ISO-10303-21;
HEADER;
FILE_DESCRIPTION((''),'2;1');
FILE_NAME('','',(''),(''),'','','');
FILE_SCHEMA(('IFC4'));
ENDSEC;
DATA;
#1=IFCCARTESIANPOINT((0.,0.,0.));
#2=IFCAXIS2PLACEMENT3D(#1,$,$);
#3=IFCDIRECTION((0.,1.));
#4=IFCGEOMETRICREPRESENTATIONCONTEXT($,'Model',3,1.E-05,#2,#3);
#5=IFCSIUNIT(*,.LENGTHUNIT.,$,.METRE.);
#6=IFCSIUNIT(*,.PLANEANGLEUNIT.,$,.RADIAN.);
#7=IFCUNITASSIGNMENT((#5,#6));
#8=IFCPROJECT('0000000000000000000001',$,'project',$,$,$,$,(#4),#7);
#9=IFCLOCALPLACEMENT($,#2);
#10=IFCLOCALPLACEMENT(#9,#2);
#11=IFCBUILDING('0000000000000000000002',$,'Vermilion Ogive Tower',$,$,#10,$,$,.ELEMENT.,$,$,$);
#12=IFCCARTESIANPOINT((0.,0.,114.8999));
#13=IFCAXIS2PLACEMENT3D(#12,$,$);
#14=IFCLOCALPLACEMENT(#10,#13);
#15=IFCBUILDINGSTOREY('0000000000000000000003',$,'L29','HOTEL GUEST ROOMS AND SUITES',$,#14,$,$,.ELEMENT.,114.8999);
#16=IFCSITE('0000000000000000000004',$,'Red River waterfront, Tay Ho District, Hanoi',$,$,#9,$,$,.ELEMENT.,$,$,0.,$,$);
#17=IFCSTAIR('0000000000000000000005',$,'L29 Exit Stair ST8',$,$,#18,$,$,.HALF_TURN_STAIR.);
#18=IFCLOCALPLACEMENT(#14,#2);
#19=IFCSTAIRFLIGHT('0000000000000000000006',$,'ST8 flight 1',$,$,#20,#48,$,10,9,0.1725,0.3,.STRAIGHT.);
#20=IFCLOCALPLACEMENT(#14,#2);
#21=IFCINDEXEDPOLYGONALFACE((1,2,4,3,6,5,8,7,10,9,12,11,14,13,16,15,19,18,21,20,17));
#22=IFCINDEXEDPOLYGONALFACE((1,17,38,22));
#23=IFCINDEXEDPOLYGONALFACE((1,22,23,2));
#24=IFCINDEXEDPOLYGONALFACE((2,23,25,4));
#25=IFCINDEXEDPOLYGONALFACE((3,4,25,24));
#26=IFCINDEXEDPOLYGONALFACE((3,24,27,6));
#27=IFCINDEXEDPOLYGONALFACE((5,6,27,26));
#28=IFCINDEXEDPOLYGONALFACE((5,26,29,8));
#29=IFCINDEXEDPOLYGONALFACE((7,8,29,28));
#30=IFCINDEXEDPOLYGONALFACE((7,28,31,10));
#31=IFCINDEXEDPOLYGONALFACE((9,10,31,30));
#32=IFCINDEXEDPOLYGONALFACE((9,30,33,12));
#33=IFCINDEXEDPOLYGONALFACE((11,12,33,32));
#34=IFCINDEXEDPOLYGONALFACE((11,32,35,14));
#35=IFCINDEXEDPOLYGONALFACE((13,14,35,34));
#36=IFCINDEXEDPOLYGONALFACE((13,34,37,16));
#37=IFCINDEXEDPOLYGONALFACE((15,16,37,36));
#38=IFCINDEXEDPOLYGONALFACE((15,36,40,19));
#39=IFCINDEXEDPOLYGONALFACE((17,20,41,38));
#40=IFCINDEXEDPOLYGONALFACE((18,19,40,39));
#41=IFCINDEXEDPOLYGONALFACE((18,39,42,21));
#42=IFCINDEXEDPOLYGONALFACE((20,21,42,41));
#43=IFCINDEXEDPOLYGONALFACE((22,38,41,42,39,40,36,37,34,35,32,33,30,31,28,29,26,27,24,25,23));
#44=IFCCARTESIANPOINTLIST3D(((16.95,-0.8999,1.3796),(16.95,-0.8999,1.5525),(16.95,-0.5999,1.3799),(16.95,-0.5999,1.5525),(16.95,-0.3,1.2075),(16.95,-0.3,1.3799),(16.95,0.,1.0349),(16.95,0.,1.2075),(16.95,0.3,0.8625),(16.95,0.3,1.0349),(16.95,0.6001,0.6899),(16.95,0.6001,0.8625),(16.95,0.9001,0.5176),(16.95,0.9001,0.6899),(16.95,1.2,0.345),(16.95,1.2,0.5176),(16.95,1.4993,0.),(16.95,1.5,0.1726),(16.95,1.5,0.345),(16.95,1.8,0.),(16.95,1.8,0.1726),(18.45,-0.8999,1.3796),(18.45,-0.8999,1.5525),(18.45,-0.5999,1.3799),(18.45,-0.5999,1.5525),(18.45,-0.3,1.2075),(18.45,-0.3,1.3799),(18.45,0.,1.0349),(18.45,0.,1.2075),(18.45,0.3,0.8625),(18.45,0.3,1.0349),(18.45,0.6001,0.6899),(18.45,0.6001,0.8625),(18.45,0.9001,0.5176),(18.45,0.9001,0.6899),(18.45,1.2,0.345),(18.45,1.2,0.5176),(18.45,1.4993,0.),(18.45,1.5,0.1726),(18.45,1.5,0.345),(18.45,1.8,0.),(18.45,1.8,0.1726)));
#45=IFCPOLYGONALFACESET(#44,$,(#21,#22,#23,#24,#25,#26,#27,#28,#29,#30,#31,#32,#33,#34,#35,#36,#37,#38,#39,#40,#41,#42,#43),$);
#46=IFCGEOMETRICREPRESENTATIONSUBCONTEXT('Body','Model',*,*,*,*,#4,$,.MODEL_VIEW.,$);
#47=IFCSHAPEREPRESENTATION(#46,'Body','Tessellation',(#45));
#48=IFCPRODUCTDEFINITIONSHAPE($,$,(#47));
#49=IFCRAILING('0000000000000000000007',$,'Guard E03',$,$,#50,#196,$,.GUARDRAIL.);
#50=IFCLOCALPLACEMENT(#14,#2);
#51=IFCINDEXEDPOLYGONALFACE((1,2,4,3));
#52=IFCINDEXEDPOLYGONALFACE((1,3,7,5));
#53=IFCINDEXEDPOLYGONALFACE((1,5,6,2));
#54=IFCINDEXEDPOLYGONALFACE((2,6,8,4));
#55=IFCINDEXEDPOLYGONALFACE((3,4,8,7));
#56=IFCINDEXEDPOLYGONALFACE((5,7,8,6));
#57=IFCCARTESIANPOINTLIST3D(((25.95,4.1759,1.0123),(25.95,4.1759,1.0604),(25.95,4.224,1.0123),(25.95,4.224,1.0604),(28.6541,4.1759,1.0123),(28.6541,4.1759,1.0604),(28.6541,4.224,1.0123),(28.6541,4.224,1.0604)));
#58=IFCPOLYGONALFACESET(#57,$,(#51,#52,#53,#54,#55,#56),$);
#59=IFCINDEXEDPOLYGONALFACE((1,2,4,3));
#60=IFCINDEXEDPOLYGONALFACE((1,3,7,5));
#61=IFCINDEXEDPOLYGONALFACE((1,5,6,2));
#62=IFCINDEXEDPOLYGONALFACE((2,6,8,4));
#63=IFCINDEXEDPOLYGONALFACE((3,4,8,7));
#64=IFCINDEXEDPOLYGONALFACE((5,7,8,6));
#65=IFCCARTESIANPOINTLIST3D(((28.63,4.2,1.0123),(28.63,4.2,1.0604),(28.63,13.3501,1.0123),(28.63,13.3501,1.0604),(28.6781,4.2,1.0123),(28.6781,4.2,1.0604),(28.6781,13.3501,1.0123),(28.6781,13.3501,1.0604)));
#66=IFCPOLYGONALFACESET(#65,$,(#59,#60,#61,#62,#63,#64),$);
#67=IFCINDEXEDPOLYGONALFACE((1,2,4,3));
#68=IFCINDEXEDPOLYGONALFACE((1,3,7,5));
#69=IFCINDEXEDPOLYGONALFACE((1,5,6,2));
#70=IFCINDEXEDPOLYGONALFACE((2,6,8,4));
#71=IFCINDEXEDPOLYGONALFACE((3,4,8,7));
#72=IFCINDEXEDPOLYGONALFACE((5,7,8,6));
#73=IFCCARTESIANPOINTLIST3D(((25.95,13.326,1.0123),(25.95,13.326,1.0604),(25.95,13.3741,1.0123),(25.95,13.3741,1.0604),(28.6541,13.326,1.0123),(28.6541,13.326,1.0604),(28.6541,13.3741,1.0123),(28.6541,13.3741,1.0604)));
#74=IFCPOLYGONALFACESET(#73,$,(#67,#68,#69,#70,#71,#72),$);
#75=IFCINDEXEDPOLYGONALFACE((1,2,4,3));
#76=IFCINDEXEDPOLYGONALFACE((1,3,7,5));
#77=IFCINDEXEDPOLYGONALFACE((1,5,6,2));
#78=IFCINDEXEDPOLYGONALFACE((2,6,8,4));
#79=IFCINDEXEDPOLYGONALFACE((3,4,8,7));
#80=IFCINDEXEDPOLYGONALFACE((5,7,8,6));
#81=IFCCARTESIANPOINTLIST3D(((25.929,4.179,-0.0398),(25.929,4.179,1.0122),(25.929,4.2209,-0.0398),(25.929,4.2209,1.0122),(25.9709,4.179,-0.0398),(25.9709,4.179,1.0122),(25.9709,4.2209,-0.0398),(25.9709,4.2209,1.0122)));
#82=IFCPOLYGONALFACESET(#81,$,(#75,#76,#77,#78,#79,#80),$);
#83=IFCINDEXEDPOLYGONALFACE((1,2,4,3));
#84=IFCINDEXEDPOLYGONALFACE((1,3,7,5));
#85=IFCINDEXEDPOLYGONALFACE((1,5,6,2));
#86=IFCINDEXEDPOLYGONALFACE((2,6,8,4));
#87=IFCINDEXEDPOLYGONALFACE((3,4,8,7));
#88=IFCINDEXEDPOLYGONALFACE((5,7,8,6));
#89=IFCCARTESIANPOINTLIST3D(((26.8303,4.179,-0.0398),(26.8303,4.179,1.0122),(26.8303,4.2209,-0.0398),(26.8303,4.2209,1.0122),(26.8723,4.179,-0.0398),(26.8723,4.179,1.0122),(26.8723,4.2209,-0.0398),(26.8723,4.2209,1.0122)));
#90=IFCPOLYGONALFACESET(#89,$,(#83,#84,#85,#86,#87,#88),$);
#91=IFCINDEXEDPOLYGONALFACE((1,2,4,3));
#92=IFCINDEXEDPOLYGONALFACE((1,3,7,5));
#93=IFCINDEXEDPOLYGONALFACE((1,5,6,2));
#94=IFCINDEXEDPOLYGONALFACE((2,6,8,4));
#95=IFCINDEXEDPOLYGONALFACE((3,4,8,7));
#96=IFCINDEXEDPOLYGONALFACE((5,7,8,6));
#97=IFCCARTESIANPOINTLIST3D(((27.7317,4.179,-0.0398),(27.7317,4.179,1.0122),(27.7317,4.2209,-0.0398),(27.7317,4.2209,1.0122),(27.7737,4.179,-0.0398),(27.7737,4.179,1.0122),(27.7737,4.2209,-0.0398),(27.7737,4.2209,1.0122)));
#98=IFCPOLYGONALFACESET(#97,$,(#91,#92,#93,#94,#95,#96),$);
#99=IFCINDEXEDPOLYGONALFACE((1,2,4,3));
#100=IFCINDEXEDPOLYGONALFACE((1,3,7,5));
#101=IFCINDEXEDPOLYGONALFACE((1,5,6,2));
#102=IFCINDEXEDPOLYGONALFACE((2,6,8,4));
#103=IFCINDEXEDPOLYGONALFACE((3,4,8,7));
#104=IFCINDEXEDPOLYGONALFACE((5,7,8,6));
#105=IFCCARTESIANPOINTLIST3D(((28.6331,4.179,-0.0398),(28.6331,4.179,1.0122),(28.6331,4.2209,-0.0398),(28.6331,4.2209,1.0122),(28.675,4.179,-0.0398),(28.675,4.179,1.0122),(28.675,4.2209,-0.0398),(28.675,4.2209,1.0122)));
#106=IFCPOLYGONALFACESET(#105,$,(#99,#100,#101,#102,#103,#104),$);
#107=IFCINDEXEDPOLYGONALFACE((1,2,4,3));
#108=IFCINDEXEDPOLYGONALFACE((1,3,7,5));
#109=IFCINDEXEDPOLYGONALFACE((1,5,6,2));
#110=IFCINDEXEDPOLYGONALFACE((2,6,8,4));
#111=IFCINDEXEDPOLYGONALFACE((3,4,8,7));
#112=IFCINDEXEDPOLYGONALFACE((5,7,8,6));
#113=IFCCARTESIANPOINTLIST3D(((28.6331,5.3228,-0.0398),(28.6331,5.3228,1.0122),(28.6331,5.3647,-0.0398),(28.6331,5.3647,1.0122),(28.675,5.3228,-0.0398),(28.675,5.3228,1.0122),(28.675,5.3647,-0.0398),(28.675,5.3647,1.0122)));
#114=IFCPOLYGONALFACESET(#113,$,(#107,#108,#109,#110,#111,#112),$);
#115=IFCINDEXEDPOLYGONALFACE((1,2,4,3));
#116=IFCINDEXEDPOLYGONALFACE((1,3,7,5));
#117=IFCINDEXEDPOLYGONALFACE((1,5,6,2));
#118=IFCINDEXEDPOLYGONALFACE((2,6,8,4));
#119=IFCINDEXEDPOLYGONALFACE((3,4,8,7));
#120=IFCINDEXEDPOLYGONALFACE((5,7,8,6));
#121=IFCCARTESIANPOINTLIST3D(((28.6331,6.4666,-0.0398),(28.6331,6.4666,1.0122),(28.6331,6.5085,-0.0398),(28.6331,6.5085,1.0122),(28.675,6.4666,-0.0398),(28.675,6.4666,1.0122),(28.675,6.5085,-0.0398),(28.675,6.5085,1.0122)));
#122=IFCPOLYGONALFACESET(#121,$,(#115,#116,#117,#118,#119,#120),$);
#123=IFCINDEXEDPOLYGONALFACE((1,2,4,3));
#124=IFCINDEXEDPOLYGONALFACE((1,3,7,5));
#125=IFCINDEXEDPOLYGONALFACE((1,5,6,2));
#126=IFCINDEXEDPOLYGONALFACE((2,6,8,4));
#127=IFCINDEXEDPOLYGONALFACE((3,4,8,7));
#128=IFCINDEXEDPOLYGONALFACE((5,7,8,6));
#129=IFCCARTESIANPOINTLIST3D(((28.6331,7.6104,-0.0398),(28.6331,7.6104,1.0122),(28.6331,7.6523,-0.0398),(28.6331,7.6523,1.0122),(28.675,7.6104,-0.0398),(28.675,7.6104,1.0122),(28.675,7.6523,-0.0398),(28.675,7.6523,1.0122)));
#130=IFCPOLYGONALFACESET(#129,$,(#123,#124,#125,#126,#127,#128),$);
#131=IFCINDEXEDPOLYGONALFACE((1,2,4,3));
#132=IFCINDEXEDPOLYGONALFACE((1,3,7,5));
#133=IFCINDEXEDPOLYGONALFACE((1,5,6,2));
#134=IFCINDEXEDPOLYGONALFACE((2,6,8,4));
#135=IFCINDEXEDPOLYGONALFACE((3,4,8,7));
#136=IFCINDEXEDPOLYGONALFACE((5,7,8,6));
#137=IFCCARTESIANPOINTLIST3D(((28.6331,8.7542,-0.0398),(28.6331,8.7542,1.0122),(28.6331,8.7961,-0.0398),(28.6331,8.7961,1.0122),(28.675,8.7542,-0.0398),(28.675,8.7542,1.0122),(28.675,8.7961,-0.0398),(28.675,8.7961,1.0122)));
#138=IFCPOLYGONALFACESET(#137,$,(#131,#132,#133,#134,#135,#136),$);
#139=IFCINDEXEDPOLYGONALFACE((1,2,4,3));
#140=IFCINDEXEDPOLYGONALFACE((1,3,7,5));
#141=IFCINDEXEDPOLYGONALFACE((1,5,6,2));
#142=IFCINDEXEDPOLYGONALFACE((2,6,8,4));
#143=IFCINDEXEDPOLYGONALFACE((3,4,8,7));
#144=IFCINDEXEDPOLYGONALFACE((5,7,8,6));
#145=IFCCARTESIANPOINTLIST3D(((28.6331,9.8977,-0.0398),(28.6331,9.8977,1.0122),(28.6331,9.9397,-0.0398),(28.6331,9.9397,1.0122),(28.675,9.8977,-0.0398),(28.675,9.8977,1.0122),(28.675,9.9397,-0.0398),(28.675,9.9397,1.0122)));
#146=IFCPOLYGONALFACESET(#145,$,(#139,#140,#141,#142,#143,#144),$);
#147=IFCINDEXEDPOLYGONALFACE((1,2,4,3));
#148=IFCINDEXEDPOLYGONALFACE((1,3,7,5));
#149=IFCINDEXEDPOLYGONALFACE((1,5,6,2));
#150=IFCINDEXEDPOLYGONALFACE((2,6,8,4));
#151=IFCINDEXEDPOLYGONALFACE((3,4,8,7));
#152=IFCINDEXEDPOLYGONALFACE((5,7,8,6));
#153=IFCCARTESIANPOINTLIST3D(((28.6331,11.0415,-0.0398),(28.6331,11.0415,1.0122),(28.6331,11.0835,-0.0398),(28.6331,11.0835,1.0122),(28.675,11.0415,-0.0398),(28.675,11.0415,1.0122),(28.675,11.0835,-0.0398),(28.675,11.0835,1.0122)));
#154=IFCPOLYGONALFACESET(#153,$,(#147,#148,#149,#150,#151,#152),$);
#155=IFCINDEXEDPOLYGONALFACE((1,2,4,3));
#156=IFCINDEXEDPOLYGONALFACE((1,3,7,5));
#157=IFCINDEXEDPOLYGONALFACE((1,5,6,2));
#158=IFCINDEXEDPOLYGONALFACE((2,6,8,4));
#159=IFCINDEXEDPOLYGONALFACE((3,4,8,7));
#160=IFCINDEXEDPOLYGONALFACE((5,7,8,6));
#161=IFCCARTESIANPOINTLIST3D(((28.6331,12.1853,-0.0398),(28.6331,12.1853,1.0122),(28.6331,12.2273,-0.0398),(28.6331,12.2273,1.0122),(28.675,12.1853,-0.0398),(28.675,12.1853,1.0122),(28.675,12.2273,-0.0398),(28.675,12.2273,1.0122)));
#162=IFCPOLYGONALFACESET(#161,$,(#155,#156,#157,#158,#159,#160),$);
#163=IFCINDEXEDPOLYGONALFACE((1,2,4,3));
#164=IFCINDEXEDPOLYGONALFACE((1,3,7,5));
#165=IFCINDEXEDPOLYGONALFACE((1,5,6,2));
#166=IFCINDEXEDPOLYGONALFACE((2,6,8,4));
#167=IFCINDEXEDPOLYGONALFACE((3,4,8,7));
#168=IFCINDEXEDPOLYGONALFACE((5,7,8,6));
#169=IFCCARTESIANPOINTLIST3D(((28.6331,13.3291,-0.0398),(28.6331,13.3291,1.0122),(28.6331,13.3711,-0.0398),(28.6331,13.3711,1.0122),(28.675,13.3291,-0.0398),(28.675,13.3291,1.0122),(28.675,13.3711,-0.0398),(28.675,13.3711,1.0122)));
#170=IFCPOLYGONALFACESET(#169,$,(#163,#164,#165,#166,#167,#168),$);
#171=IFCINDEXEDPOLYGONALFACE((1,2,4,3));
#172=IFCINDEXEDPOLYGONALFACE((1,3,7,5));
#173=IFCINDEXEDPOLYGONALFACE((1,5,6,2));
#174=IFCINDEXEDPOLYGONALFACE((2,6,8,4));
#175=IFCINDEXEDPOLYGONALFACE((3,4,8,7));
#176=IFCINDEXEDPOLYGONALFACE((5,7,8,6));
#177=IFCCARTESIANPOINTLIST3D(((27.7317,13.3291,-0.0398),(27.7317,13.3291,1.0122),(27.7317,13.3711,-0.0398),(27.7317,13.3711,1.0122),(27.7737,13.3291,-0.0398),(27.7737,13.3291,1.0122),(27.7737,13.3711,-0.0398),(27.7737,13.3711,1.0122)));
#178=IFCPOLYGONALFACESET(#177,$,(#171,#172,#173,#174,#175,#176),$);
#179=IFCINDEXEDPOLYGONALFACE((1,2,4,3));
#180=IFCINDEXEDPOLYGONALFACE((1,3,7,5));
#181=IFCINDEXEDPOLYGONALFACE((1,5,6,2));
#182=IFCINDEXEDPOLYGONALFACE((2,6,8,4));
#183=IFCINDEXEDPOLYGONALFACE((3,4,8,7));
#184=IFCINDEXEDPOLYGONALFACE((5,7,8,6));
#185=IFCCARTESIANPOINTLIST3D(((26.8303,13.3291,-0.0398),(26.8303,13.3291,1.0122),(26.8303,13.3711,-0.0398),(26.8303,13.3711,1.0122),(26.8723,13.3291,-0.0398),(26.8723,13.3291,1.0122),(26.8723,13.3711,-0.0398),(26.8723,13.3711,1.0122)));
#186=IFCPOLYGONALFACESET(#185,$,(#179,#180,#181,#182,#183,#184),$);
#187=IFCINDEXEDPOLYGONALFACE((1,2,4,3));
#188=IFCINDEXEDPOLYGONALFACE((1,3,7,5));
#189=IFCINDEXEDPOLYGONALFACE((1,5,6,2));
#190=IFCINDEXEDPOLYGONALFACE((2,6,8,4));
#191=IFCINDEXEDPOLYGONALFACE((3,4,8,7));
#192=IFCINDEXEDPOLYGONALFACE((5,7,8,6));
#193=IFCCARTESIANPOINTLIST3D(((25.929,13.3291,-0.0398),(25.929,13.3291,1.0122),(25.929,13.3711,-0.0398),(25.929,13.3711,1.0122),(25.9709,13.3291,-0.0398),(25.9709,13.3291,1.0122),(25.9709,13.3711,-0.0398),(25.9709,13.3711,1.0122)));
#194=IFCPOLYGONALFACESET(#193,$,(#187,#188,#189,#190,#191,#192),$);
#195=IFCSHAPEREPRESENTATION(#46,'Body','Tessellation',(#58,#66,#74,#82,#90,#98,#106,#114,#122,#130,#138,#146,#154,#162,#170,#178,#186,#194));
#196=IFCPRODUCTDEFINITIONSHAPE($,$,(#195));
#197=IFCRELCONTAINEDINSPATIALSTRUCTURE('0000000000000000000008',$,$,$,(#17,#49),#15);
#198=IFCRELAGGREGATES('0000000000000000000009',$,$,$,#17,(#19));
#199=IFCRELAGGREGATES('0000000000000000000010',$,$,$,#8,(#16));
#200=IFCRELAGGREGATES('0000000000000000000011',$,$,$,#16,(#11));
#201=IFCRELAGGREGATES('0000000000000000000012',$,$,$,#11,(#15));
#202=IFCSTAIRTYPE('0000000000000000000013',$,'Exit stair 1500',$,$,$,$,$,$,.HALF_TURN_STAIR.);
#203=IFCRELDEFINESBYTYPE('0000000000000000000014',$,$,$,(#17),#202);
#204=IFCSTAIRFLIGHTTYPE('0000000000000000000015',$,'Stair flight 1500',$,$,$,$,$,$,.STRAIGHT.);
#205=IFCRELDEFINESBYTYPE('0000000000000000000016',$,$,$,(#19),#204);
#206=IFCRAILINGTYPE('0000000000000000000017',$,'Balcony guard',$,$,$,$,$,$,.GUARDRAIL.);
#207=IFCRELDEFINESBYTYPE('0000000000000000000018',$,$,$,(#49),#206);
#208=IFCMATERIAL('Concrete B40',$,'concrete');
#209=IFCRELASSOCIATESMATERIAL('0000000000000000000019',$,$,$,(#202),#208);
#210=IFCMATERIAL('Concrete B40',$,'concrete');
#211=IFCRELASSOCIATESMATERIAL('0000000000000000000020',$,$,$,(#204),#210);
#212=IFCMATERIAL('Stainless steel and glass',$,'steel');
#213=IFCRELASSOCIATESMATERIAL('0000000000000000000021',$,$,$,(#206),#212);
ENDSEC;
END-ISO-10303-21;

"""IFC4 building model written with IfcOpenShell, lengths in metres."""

from ifc_helpers import new_model, si_unit, direction, frame, origin, origin_2d, place, context, subcontext, project, spatial, polyline, rectangle, outline, extrude, material, type_object, element, aggregate, save


model = new_model("IFC4")

# Units and contexts
model_context = context("Model", 3, precision=1e-05, world=origin(), true_north=direction((0.0, 1.0)))
body_context = subcontext(model_context, "Body", "Model", "MODEL_VIEW")
ifc_project = project(units=[si_unit("LENGTHUNIT", "METRE"), si_unit("PLANEANGLEUNIT", "RADIAN")], contexts=[model_context])

# Site, building, storey
site_placement = place(None, origin())
site = spatial("IfcSite", under=ifc_project, at=site_placement, Name="Red River waterfront, Tay Ho District, Hanoi", CompositionType="ELEMENT", RefElevation=0.0)
building_placement = place(site_placement, origin())
building = spatial("IfcBuilding", under=site, at=building_placement, Name="Vermilion Ogive Tower", CompositionType="ELEMENT")
storey_placement = place(building_placement, frame((0.0, 0.0, 114.8999)))
storey = spatial("IfcBuildingStorey", under=building, at=storey_placement, Name="L29", Description="HOTEL GUEST ROOMS AND SUITES", CompositionType="ELEMENT", Elevation=114.8999)

# Stair, stair flight
ifc_material_1 = material(Name="Concrete B40", Category="concrete")
stair_type = type_object("IfcStairType", Name="Exit stair 1500", PredefinedType="HALF_TURN_STAIR", material=ifc_material_1)
stair_placement = place(storey_placement, origin())
stair = element("IfcStair", 1, at=stair_placement, inside=storey, type_object=stair_type, Name="L29 Exit Stair ST8", PredefinedType="HALF_TURN_STAIR")
ifc_material_2 = material(Name="Concrete B40", Category="concrete")
stair_flight_type = type_object("IfcStairFlightType", Name="Stair flight 1500", PredefinedType="STRAIGHT", material=ifc_material_2)
stair_flight_placement = place(storey_placement, frame((17.7, 1.8, 0.0), z_axis=(0.0, 0.0, 1.0), x_axis=(0.0, -1.0, 0.0)))
stair_flight = element("IfcStairFlight", 2, at=stair_flight_placement, type_object=stair_flight_type, Name="ST8 flight 1", NumberOfRisers=10, NumberOfTreads=9, PredefinedType="STRAIGHT", RiserHeight=0.1725, TreadLength=0.3, context=body_context, shape_type="SweptSolid", body=[
    extrude(outline(polyline([(0.0, 0.0), (0.0, 0.1726), (0.3, 0.1726), (0.3, 0.345), (0.6001, 0.345), (0.6001, 0.5176), (0.8999, 0.5176), (0.8999, 0.6899), (1.2, 0.6899), (1.2, 0.8625), (1.5, 0.8625), (1.5, 1.0349), (1.8, 1.0349), (1.8, 1.2075), (2.1001, 1.2075), (2.1001, 1.3799), (2.3999, 1.3799), (2.3999, 1.5525), (2.7, 1.5525), (2.7, 1.7251), (2.7, 1.3796), (0.3008, 0.0), (0.0, 0.0)])), frame((0.0, 0.75, 0.0), z_axis=(0.0, -1.0, 0.0), x_axis=(1.0, 0.0, 0.0)), (0.0, 0.0, 1.0), 1.5),
])
aggregate(stair, [stair_flight])

# Railing
ifc_material_3 = material(Name="Stainless steel and glass", Category="steel")
railing_type_1 = type_object("IfcRailingType", Name="Balcony guard", PredefinedType="GUARDRAIL", material=ifc_material_3)
railing_1_placement = place(storey_placement, frame((25.95, 4.2, -0.0398)))
element("IfcRailing", 3, at=railing_1_placement, inside=storey, type_object=railing_type_1, Name="Guard E03", PredefinedType="GUARDRAIL", context=body_context, shape_type="SweptSolid", body=[
    extrude(rectangle(XDim=0.0481, YDim=0.0481, at=origin_2d()), frame((0.0, 0.0, 1.0762), z_axis=(1.0, 0.0, 0.0), x_axis=(0.0, 1.0, 0.0)), (0.0, 0.0, 1.0), 2.7041),
    extrude(rectangle(XDim=0.0481, YDim=0.0481, at=origin_2d()), frame((2.7041, 0.0, 1.0762), z_axis=(0.0, 1.0, 0.0), x_axis=(-1.0, 0.0, 0.0)), (0.0, 0.0, 1.0), 9.1501),
    extrude(rectangle(XDim=0.0481, YDim=0.0481, at=origin_2d()), frame((2.7041, 9.1501, 1.0762), z_axis=(-1.0, 0.0, 0.0), x_axis=(0.0, -1.0, 0.0)), (0.0, 0.0, 1.0), 2.7041),
    extrude(rectangle(XDim=0.042, YDim=0.042, at=origin_2d()), origin(), (0.0, 0.0, 1.0), 1.052),
    extrude(rectangle(XDim=0.042, YDim=0.042, at=origin_2d()), frame((0.9014, 0.0, 0.0)), (0.0, 0.0, 1.0), 1.052),
    extrude(rectangle(XDim=0.042, YDim=0.042, at=origin_2d()), frame((1.8027, 0.0, 0.0)), (0.0, 0.0, 1.0), 1.052),
    extrude(rectangle(XDim=0.042, YDim=0.042, at=origin_2d()), frame((2.7041, 0.0, 0.0)), (0.0, 0.0, 1.0), 1.052),
    extrude(rectangle(XDim=0.042, YDim=0.042, at=origin_2d()), frame((2.7041, 1.1438, 0.0)), (0.0, 0.0, 1.0), 1.052),
    extrude(rectangle(XDim=0.042, YDim=0.042, at=origin_2d()), frame((2.7041, 2.2876, 0.0)), (0.0, 0.0, 1.0), 1.052),
    extrude(rectangle(XDim=0.042, YDim=0.042, at=origin_2d()), frame((2.7041, 3.4314, 0.0)), (0.0, 0.0, 1.0), 1.052),
    extrude(rectangle(XDim=0.042, YDim=0.042, at=origin_2d()), frame((2.7041, 4.5752, 0.0)), (0.0, 0.0, 1.0), 1.052),
    extrude(rectangle(XDim=0.042, YDim=0.042, at=origin_2d()), frame((2.7041, 5.7188, 0.0)), (0.0, 0.0, 1.0), 1.052),
    extrude(rectangle(XDim=0.042, YDim=0.042, at=origin_2d()), frame((2.7041, 6.8625, 0.0)), (0.0, 0.0, 1.0), 1.052),
    extrude(rectangle(XDim=0.042, YDim=0.042, at=origin_2d()), frame((2.7041, 8.0063, 0.0)), (0.0, 0.0, 1.0), 1.052),
    extrude(rectangle(XDim=0.042, YDim=0.042, at=origin_2d()), frame((2.7041, 9.1501, 0.0)), (0.0, 0.0, 1.0), 1.052),
    extrude(rectangle(XDim=0.042, YDim=0.042, at=origin_2d()), frame((1.8027, 9.1501, 0.0)), (0.0, 0.0, 1.0), 1.052),
    extrude(rectangle(XDim=0.042, YDim=0.042, at=origin_2d()), frame((0.9014, 9.1501, 0.0)), (0.0, 0.0, 1.0), 1.052),
    extrude(rectangle(XDim=0.042, YDim=0.042, at=origin_2d()), frame((0.0, 9.1501, 0.0)), (0.0, 0.0, 1.0), 1.052),
])

save(model, "model.ifc")
